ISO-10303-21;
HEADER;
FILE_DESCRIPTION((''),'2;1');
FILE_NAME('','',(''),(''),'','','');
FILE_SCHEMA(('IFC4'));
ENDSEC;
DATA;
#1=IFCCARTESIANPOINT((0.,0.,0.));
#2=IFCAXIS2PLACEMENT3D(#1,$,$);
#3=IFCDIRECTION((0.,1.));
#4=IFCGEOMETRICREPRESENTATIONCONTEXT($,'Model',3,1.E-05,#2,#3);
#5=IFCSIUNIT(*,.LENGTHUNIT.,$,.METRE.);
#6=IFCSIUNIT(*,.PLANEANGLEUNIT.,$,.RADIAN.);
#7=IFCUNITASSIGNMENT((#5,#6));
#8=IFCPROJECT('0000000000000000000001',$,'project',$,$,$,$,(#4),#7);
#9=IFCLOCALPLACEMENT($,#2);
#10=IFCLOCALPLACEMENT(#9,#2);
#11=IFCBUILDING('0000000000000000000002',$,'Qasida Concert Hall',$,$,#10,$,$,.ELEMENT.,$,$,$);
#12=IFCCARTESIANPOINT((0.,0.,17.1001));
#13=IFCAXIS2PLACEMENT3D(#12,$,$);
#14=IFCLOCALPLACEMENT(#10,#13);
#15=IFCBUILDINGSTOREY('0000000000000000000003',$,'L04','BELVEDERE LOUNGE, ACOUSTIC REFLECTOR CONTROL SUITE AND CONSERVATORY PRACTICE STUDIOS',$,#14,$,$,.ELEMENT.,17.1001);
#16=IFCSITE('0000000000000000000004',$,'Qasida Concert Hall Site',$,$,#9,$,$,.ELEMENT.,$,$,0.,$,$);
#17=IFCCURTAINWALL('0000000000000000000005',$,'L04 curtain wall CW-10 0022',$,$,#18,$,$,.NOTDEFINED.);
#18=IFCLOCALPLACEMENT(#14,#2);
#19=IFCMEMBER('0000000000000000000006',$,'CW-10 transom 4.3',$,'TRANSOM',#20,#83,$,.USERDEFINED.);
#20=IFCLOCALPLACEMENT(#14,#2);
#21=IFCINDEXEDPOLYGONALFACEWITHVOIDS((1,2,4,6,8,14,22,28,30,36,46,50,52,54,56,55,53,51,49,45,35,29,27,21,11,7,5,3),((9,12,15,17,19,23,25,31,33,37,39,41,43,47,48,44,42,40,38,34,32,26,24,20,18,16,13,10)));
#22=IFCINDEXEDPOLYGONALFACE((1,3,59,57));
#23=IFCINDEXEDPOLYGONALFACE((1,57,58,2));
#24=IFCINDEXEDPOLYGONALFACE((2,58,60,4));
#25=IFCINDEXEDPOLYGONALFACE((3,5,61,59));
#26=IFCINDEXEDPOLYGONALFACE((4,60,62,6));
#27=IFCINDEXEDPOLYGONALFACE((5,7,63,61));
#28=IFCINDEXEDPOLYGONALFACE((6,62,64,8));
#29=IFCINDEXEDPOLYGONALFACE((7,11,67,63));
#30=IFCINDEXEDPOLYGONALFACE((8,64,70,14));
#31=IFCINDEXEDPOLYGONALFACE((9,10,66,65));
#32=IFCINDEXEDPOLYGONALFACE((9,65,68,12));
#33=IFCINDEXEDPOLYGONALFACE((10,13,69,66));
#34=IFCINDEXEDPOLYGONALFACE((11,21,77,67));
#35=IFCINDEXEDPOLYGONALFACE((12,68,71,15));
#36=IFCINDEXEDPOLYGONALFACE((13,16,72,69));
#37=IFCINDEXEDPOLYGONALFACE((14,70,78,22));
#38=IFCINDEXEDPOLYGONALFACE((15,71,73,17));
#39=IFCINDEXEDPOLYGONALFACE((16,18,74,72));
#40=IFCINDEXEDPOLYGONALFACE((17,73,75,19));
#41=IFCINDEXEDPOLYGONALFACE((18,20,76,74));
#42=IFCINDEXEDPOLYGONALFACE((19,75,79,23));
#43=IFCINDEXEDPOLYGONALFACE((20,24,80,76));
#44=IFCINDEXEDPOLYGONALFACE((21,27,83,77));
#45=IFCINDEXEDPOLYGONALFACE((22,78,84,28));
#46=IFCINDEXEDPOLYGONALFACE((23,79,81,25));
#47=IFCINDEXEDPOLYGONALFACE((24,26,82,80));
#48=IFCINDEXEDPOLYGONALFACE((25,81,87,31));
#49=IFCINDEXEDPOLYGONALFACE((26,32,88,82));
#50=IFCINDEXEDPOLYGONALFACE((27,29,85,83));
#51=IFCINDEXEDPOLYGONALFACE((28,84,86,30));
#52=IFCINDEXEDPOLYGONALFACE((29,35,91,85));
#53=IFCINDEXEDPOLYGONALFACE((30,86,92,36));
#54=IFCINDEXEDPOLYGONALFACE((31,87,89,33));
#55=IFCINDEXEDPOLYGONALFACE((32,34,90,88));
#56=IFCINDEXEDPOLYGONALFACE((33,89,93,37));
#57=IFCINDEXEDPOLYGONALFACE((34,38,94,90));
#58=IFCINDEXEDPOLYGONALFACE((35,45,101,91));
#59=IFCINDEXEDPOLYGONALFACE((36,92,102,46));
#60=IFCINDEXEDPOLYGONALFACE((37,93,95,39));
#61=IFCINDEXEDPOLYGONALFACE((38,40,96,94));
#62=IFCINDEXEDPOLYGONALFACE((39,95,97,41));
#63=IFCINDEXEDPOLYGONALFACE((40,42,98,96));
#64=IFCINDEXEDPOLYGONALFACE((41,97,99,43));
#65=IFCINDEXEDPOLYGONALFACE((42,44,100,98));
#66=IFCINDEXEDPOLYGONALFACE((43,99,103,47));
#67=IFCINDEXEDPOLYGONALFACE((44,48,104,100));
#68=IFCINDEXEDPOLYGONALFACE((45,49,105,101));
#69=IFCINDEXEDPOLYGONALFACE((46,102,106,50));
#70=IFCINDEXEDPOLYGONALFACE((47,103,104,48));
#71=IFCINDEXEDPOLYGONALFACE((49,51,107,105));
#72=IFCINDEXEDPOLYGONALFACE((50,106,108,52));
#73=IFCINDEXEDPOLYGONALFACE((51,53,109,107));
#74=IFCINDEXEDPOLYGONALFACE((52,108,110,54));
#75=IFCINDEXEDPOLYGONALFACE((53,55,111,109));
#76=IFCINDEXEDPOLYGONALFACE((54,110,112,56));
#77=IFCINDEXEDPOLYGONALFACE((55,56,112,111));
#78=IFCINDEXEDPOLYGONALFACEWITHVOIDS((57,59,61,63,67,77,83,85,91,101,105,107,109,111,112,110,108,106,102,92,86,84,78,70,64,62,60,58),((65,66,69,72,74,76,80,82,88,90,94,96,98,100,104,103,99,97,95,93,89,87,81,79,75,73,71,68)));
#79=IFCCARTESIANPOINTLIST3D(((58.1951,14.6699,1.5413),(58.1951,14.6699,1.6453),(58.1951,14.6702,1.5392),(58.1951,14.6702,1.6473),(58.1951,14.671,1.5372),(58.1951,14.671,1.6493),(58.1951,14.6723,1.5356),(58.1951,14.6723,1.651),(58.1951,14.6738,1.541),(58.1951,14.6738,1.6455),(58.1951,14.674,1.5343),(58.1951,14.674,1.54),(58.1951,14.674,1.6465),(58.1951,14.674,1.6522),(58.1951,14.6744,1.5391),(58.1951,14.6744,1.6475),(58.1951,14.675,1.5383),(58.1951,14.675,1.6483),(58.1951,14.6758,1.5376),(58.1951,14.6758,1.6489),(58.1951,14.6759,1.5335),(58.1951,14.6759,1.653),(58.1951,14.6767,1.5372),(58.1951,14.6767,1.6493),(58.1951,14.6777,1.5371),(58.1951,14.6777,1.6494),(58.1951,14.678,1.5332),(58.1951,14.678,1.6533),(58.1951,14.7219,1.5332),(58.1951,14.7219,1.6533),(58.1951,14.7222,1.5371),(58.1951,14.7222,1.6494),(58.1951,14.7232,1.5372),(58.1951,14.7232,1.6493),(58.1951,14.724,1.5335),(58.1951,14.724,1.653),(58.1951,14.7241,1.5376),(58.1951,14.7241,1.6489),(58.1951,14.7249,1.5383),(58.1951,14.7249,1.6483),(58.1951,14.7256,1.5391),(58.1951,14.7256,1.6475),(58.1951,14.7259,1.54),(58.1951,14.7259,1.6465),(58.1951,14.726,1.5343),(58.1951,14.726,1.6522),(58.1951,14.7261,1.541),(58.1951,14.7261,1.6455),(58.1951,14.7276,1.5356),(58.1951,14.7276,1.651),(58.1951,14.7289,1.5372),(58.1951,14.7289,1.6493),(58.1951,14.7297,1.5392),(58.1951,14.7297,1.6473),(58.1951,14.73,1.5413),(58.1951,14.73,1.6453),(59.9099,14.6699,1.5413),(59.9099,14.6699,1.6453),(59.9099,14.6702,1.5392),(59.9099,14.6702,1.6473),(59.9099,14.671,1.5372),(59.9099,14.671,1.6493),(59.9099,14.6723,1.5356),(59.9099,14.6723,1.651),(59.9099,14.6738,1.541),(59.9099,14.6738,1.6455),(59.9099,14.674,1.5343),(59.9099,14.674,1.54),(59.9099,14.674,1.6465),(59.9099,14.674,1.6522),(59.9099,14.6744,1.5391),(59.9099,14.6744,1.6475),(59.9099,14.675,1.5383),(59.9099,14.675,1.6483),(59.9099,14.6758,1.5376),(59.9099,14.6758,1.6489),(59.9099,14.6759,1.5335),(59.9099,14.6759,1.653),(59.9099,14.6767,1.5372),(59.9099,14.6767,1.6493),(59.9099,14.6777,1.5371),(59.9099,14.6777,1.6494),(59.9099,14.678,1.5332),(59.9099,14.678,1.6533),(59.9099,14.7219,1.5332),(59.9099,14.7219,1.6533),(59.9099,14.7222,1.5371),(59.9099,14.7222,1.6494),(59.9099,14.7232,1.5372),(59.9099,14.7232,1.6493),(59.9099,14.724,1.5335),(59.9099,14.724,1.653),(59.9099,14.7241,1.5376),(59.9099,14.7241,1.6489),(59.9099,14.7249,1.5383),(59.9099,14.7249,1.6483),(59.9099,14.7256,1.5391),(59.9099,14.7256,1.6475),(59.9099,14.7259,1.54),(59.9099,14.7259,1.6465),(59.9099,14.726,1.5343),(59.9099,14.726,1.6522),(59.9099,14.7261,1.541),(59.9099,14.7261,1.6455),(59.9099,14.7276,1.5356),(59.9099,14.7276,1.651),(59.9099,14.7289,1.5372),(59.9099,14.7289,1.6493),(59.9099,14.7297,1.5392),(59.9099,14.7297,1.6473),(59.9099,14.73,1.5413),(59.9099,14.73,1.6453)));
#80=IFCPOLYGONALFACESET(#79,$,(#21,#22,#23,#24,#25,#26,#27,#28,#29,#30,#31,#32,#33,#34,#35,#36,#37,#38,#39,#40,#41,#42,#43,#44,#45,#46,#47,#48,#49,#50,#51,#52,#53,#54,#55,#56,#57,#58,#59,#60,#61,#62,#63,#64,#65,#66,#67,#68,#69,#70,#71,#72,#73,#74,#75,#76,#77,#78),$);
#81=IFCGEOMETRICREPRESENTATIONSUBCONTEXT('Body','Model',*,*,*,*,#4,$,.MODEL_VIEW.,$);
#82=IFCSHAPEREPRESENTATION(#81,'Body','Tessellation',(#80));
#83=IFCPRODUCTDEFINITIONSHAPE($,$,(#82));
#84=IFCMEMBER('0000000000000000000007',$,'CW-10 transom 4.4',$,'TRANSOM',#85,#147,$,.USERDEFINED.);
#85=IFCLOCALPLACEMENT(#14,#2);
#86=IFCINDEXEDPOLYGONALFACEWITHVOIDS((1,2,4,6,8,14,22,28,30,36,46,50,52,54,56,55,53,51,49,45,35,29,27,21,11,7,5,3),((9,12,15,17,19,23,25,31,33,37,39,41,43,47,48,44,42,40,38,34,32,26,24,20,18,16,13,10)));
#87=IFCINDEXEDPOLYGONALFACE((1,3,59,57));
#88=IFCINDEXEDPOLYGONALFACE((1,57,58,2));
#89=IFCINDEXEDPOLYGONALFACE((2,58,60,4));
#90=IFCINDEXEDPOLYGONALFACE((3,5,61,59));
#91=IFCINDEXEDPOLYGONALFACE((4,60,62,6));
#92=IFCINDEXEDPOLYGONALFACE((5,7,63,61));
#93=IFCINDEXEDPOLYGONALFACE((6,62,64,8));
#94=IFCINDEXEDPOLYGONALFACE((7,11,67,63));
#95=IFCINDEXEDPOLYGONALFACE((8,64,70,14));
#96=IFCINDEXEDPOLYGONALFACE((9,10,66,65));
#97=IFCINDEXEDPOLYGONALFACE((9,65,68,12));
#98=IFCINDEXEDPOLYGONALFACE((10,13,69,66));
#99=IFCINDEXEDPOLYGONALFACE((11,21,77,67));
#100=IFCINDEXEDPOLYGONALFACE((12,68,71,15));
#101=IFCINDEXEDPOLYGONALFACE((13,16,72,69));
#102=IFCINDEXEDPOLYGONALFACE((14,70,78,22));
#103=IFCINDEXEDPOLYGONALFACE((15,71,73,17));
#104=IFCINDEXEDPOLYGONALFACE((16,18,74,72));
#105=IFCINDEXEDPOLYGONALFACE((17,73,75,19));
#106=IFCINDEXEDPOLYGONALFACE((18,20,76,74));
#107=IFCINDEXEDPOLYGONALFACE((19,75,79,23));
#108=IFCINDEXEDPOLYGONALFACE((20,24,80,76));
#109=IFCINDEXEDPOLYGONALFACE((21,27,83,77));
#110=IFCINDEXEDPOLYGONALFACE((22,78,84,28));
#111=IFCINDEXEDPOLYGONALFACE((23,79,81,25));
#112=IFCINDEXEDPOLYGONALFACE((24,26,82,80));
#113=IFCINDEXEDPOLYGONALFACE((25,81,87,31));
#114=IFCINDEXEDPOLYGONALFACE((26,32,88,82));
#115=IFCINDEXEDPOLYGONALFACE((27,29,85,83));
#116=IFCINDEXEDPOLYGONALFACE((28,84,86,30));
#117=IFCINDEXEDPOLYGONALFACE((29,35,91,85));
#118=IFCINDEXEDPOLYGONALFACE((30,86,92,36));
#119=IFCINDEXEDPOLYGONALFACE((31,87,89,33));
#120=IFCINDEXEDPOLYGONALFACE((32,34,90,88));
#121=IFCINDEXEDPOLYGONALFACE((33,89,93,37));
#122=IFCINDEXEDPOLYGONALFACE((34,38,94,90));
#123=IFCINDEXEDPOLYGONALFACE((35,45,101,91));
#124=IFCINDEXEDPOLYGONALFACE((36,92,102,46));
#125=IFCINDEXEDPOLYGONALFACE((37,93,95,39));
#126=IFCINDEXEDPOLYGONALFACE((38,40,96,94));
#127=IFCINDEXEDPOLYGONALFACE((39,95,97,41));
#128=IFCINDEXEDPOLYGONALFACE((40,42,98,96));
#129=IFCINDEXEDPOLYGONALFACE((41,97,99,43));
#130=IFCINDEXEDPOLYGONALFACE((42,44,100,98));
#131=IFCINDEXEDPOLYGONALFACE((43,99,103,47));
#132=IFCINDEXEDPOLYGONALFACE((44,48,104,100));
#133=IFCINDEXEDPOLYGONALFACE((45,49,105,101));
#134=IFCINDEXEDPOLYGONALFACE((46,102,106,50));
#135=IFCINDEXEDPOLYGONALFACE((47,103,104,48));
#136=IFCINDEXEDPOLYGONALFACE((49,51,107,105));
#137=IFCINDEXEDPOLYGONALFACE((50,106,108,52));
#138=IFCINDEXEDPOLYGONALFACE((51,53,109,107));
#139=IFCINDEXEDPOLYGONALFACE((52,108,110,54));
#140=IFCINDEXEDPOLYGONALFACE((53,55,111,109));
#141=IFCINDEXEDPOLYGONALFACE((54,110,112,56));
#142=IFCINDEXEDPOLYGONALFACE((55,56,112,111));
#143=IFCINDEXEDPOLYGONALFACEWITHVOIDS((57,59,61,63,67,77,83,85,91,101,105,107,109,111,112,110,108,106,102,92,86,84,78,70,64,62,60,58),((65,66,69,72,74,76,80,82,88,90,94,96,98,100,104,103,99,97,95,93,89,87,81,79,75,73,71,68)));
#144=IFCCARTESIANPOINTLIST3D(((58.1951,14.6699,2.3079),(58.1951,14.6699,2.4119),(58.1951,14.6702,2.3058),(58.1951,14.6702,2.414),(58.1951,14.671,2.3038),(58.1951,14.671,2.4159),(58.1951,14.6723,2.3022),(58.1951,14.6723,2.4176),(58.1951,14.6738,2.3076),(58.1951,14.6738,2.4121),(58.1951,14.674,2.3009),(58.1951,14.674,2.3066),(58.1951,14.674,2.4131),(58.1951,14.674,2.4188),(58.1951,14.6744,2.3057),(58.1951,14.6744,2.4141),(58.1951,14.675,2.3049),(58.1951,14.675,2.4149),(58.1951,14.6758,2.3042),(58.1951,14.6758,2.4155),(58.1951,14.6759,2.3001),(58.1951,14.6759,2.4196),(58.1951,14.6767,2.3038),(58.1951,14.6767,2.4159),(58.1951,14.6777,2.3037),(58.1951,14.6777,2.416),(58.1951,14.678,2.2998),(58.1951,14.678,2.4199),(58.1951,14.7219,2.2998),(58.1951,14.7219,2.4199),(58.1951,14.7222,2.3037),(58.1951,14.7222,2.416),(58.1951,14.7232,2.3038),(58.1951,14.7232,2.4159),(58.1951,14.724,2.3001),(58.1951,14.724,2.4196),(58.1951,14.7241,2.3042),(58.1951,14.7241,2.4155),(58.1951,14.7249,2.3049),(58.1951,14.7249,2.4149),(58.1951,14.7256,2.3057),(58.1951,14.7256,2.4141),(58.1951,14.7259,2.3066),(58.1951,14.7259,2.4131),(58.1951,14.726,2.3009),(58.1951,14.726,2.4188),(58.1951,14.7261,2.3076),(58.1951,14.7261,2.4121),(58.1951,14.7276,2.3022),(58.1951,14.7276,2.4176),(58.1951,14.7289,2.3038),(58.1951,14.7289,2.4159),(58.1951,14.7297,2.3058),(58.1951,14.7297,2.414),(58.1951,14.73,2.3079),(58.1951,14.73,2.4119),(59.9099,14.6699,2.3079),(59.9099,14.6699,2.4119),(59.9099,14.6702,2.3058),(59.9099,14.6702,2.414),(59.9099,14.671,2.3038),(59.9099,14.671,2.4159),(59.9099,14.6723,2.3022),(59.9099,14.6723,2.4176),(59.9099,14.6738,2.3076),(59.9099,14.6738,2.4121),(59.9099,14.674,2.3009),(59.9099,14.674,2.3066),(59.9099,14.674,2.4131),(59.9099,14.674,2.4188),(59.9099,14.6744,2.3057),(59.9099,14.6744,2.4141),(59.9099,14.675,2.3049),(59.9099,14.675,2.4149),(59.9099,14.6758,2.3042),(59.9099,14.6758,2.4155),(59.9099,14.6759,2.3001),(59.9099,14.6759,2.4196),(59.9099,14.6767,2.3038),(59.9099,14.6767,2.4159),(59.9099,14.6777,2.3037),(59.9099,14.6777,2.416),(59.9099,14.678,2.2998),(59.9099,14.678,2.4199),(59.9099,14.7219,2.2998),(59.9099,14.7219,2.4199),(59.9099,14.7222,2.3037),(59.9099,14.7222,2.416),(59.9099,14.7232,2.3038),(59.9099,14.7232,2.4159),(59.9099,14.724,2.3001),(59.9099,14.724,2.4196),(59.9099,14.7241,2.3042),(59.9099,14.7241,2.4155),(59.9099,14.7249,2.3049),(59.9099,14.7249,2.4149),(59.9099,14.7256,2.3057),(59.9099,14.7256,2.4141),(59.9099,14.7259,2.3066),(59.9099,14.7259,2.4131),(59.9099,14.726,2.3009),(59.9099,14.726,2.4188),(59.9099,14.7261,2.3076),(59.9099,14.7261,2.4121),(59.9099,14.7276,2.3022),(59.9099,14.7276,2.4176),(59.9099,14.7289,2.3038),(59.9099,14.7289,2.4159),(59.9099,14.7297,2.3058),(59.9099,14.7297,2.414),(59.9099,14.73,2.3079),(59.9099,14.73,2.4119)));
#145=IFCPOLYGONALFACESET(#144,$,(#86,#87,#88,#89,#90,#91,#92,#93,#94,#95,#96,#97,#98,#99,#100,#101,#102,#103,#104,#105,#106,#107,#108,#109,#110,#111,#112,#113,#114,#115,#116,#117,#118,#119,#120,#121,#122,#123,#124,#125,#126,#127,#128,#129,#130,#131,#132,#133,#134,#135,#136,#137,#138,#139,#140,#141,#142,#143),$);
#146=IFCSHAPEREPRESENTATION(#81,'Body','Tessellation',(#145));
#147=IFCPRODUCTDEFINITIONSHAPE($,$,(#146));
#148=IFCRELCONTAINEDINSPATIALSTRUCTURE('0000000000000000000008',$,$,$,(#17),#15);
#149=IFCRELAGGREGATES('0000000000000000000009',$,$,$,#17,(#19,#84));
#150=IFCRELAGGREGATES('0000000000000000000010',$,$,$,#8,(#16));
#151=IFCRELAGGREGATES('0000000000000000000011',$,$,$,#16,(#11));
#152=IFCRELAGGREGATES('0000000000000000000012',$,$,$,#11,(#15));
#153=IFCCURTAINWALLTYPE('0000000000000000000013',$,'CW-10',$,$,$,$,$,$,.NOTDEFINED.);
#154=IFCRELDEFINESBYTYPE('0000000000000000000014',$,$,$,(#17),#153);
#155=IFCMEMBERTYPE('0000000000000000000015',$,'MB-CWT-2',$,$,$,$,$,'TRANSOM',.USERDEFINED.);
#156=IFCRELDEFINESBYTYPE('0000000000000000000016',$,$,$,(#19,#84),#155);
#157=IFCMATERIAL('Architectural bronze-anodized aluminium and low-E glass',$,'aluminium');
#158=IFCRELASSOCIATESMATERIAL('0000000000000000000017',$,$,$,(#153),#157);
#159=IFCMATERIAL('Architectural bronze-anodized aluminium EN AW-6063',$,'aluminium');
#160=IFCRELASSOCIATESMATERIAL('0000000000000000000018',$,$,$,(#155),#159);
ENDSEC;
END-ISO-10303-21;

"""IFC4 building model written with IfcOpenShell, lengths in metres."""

from ifc_helpers import new_model, si_unit, direction, frame, origin, origin_2d, place, context, subcontext, project, spatial, hollow_rectangle, extrude, material, material_profile, profile_set, type_object, element, aggregate, save


model = new_model("IFC4")

# Units and contexts
model_context = context("Model", 3, precision=1e-05, world=origin(), true_north=direction((0.0, 1.0)))
body_context = subcontext(model_context, "Body", "Model", "MODEL_VIEW")
ifc_project = project(units=[si_unit("LENGTHUNIT", "METRE"), si_unit("PLANEANGLEUNIT", "RADIAN")], contexts=[model_context])

# Site, building, storey
site_placement = place(None, origin())
site = spatial("IfcSite", under=ifc_project, at=site_placement, Name="Qasida Concert Hall Site", CompositionType="ELEMENT", RefElevation=0.0)
building_placement = place(site_placement, origin())
building = spatial("IfcBuilding", under=site, at=building_placement, Name="Qasida Concert Hall", CompositionType="ELEMENT")
storey_placement = place(building_placement, frame((0.0, 0.0, 17.1001)))
storey = spatial("IfcBuildingStorey", under=building, at=storey_placement, Name="L04", Description="BELVEDERE LOUNGE, ACOUSTIC REFLECTOR CONTROL SUITE AND CONSERVATORY PRACTICE STUDIOS", CompositionType="ELEMENT", Elevation=17.1001)

# Curtain wall
ifc_material_1 = material(Name="Architectural bronze-anodized aluminium and low-E glass", Category="aluminium")
curtain_wall_type = type_object("IfcCurtainWallType", Name="CW-10", PredefinedType="NOTDEFINED", material=ifc_material_1)
curtain_wall_1_placement = place(storey_placement, origin())
curtain_wall_1 = element("IfcCurtainWall", 1, at=curtain_wall_1_placement, inside=storey, type_object=curtain_wall_type, Name="L04 curtain wall CW-10 0022", PredefinedType="NOTDEFINED")
ifc_material_2 = material(Name="Architectural bronze-anodized aluminium EN AW-6063", Category="aluminium")

# Members
ifc_material_profile_1 = material_profile(ifc_material_2, hollow_rectangle(XDim=0.0601, YDim=0.1201, WallThickness=0.0039, InnerFilletRadius=0.0039, OuterFilletRadius=0.0081, at=origin_2d()), Name="CWT 120x60x4")
ifc_profile_set_1 = profile_set([ifc_material_profile_1], Name="Architectural bronze-anodized aluminium EN AW-6063")
member_type_1 = type_object("IfcMemberType", Name="MB-CWT-2", ElementType="TRANSOM", PredefinedType="USERDEFINED", material=ifc_profile_set_1)
member_1_placement = place(storey_placement, frame((58.1951, 14.7, 1.5933), z_axis=(1.0, 0.0, 0.0), x_axis=(0.0, 1.0, 0.0)))
member_1 = element("IfcMember", 2, at=member_1_placement, type_object=member_type_1, Name="CW-10 transom 4.3", ObjectType="TRANSOM", PredefinedType="USERDEFINED", context=body_context, shape_type="SweptSolid", body=[
    extrude(hollow_rectangle(XDim=0.0601, YDim=0.1201, WallThickness=0.0039, InnerFilletRadius=0.0039, OuterFilletRadius=0.0081, at=origin_2d()), origin(), (0.0, 0.0, 1.0), 1.7148),
])
member_2_placement = place(storey_placement, frame((58.1951, 14.7, 2.3599), z_axis=(1.0, 0.0, 0.0), x_axis=(0.0, 1.0, 0.0)))
member_2 = element("IfcMember", 3, at=member_2_placement, type_object=member_type_1, Name="CW-10 transom 4.4", ObjectType="TRANSOM", PredefinedType="USERDEFINED", context=body_context, shape_type="SweptSolid", body=[
    extrude(hollow_rectangle(XDim=0.0601, YDim=0.1201, WallThickness=0.0039, InnerFilletRadius=0.0039, OuterFilletRadius=0.0081, at=origin_2d()), origin(), (0.0, 0.0, 1.0), 1.7148),
])

aggregate(curtain_wall_1, [member_1, member_2])

save(model, "model.ifc")
